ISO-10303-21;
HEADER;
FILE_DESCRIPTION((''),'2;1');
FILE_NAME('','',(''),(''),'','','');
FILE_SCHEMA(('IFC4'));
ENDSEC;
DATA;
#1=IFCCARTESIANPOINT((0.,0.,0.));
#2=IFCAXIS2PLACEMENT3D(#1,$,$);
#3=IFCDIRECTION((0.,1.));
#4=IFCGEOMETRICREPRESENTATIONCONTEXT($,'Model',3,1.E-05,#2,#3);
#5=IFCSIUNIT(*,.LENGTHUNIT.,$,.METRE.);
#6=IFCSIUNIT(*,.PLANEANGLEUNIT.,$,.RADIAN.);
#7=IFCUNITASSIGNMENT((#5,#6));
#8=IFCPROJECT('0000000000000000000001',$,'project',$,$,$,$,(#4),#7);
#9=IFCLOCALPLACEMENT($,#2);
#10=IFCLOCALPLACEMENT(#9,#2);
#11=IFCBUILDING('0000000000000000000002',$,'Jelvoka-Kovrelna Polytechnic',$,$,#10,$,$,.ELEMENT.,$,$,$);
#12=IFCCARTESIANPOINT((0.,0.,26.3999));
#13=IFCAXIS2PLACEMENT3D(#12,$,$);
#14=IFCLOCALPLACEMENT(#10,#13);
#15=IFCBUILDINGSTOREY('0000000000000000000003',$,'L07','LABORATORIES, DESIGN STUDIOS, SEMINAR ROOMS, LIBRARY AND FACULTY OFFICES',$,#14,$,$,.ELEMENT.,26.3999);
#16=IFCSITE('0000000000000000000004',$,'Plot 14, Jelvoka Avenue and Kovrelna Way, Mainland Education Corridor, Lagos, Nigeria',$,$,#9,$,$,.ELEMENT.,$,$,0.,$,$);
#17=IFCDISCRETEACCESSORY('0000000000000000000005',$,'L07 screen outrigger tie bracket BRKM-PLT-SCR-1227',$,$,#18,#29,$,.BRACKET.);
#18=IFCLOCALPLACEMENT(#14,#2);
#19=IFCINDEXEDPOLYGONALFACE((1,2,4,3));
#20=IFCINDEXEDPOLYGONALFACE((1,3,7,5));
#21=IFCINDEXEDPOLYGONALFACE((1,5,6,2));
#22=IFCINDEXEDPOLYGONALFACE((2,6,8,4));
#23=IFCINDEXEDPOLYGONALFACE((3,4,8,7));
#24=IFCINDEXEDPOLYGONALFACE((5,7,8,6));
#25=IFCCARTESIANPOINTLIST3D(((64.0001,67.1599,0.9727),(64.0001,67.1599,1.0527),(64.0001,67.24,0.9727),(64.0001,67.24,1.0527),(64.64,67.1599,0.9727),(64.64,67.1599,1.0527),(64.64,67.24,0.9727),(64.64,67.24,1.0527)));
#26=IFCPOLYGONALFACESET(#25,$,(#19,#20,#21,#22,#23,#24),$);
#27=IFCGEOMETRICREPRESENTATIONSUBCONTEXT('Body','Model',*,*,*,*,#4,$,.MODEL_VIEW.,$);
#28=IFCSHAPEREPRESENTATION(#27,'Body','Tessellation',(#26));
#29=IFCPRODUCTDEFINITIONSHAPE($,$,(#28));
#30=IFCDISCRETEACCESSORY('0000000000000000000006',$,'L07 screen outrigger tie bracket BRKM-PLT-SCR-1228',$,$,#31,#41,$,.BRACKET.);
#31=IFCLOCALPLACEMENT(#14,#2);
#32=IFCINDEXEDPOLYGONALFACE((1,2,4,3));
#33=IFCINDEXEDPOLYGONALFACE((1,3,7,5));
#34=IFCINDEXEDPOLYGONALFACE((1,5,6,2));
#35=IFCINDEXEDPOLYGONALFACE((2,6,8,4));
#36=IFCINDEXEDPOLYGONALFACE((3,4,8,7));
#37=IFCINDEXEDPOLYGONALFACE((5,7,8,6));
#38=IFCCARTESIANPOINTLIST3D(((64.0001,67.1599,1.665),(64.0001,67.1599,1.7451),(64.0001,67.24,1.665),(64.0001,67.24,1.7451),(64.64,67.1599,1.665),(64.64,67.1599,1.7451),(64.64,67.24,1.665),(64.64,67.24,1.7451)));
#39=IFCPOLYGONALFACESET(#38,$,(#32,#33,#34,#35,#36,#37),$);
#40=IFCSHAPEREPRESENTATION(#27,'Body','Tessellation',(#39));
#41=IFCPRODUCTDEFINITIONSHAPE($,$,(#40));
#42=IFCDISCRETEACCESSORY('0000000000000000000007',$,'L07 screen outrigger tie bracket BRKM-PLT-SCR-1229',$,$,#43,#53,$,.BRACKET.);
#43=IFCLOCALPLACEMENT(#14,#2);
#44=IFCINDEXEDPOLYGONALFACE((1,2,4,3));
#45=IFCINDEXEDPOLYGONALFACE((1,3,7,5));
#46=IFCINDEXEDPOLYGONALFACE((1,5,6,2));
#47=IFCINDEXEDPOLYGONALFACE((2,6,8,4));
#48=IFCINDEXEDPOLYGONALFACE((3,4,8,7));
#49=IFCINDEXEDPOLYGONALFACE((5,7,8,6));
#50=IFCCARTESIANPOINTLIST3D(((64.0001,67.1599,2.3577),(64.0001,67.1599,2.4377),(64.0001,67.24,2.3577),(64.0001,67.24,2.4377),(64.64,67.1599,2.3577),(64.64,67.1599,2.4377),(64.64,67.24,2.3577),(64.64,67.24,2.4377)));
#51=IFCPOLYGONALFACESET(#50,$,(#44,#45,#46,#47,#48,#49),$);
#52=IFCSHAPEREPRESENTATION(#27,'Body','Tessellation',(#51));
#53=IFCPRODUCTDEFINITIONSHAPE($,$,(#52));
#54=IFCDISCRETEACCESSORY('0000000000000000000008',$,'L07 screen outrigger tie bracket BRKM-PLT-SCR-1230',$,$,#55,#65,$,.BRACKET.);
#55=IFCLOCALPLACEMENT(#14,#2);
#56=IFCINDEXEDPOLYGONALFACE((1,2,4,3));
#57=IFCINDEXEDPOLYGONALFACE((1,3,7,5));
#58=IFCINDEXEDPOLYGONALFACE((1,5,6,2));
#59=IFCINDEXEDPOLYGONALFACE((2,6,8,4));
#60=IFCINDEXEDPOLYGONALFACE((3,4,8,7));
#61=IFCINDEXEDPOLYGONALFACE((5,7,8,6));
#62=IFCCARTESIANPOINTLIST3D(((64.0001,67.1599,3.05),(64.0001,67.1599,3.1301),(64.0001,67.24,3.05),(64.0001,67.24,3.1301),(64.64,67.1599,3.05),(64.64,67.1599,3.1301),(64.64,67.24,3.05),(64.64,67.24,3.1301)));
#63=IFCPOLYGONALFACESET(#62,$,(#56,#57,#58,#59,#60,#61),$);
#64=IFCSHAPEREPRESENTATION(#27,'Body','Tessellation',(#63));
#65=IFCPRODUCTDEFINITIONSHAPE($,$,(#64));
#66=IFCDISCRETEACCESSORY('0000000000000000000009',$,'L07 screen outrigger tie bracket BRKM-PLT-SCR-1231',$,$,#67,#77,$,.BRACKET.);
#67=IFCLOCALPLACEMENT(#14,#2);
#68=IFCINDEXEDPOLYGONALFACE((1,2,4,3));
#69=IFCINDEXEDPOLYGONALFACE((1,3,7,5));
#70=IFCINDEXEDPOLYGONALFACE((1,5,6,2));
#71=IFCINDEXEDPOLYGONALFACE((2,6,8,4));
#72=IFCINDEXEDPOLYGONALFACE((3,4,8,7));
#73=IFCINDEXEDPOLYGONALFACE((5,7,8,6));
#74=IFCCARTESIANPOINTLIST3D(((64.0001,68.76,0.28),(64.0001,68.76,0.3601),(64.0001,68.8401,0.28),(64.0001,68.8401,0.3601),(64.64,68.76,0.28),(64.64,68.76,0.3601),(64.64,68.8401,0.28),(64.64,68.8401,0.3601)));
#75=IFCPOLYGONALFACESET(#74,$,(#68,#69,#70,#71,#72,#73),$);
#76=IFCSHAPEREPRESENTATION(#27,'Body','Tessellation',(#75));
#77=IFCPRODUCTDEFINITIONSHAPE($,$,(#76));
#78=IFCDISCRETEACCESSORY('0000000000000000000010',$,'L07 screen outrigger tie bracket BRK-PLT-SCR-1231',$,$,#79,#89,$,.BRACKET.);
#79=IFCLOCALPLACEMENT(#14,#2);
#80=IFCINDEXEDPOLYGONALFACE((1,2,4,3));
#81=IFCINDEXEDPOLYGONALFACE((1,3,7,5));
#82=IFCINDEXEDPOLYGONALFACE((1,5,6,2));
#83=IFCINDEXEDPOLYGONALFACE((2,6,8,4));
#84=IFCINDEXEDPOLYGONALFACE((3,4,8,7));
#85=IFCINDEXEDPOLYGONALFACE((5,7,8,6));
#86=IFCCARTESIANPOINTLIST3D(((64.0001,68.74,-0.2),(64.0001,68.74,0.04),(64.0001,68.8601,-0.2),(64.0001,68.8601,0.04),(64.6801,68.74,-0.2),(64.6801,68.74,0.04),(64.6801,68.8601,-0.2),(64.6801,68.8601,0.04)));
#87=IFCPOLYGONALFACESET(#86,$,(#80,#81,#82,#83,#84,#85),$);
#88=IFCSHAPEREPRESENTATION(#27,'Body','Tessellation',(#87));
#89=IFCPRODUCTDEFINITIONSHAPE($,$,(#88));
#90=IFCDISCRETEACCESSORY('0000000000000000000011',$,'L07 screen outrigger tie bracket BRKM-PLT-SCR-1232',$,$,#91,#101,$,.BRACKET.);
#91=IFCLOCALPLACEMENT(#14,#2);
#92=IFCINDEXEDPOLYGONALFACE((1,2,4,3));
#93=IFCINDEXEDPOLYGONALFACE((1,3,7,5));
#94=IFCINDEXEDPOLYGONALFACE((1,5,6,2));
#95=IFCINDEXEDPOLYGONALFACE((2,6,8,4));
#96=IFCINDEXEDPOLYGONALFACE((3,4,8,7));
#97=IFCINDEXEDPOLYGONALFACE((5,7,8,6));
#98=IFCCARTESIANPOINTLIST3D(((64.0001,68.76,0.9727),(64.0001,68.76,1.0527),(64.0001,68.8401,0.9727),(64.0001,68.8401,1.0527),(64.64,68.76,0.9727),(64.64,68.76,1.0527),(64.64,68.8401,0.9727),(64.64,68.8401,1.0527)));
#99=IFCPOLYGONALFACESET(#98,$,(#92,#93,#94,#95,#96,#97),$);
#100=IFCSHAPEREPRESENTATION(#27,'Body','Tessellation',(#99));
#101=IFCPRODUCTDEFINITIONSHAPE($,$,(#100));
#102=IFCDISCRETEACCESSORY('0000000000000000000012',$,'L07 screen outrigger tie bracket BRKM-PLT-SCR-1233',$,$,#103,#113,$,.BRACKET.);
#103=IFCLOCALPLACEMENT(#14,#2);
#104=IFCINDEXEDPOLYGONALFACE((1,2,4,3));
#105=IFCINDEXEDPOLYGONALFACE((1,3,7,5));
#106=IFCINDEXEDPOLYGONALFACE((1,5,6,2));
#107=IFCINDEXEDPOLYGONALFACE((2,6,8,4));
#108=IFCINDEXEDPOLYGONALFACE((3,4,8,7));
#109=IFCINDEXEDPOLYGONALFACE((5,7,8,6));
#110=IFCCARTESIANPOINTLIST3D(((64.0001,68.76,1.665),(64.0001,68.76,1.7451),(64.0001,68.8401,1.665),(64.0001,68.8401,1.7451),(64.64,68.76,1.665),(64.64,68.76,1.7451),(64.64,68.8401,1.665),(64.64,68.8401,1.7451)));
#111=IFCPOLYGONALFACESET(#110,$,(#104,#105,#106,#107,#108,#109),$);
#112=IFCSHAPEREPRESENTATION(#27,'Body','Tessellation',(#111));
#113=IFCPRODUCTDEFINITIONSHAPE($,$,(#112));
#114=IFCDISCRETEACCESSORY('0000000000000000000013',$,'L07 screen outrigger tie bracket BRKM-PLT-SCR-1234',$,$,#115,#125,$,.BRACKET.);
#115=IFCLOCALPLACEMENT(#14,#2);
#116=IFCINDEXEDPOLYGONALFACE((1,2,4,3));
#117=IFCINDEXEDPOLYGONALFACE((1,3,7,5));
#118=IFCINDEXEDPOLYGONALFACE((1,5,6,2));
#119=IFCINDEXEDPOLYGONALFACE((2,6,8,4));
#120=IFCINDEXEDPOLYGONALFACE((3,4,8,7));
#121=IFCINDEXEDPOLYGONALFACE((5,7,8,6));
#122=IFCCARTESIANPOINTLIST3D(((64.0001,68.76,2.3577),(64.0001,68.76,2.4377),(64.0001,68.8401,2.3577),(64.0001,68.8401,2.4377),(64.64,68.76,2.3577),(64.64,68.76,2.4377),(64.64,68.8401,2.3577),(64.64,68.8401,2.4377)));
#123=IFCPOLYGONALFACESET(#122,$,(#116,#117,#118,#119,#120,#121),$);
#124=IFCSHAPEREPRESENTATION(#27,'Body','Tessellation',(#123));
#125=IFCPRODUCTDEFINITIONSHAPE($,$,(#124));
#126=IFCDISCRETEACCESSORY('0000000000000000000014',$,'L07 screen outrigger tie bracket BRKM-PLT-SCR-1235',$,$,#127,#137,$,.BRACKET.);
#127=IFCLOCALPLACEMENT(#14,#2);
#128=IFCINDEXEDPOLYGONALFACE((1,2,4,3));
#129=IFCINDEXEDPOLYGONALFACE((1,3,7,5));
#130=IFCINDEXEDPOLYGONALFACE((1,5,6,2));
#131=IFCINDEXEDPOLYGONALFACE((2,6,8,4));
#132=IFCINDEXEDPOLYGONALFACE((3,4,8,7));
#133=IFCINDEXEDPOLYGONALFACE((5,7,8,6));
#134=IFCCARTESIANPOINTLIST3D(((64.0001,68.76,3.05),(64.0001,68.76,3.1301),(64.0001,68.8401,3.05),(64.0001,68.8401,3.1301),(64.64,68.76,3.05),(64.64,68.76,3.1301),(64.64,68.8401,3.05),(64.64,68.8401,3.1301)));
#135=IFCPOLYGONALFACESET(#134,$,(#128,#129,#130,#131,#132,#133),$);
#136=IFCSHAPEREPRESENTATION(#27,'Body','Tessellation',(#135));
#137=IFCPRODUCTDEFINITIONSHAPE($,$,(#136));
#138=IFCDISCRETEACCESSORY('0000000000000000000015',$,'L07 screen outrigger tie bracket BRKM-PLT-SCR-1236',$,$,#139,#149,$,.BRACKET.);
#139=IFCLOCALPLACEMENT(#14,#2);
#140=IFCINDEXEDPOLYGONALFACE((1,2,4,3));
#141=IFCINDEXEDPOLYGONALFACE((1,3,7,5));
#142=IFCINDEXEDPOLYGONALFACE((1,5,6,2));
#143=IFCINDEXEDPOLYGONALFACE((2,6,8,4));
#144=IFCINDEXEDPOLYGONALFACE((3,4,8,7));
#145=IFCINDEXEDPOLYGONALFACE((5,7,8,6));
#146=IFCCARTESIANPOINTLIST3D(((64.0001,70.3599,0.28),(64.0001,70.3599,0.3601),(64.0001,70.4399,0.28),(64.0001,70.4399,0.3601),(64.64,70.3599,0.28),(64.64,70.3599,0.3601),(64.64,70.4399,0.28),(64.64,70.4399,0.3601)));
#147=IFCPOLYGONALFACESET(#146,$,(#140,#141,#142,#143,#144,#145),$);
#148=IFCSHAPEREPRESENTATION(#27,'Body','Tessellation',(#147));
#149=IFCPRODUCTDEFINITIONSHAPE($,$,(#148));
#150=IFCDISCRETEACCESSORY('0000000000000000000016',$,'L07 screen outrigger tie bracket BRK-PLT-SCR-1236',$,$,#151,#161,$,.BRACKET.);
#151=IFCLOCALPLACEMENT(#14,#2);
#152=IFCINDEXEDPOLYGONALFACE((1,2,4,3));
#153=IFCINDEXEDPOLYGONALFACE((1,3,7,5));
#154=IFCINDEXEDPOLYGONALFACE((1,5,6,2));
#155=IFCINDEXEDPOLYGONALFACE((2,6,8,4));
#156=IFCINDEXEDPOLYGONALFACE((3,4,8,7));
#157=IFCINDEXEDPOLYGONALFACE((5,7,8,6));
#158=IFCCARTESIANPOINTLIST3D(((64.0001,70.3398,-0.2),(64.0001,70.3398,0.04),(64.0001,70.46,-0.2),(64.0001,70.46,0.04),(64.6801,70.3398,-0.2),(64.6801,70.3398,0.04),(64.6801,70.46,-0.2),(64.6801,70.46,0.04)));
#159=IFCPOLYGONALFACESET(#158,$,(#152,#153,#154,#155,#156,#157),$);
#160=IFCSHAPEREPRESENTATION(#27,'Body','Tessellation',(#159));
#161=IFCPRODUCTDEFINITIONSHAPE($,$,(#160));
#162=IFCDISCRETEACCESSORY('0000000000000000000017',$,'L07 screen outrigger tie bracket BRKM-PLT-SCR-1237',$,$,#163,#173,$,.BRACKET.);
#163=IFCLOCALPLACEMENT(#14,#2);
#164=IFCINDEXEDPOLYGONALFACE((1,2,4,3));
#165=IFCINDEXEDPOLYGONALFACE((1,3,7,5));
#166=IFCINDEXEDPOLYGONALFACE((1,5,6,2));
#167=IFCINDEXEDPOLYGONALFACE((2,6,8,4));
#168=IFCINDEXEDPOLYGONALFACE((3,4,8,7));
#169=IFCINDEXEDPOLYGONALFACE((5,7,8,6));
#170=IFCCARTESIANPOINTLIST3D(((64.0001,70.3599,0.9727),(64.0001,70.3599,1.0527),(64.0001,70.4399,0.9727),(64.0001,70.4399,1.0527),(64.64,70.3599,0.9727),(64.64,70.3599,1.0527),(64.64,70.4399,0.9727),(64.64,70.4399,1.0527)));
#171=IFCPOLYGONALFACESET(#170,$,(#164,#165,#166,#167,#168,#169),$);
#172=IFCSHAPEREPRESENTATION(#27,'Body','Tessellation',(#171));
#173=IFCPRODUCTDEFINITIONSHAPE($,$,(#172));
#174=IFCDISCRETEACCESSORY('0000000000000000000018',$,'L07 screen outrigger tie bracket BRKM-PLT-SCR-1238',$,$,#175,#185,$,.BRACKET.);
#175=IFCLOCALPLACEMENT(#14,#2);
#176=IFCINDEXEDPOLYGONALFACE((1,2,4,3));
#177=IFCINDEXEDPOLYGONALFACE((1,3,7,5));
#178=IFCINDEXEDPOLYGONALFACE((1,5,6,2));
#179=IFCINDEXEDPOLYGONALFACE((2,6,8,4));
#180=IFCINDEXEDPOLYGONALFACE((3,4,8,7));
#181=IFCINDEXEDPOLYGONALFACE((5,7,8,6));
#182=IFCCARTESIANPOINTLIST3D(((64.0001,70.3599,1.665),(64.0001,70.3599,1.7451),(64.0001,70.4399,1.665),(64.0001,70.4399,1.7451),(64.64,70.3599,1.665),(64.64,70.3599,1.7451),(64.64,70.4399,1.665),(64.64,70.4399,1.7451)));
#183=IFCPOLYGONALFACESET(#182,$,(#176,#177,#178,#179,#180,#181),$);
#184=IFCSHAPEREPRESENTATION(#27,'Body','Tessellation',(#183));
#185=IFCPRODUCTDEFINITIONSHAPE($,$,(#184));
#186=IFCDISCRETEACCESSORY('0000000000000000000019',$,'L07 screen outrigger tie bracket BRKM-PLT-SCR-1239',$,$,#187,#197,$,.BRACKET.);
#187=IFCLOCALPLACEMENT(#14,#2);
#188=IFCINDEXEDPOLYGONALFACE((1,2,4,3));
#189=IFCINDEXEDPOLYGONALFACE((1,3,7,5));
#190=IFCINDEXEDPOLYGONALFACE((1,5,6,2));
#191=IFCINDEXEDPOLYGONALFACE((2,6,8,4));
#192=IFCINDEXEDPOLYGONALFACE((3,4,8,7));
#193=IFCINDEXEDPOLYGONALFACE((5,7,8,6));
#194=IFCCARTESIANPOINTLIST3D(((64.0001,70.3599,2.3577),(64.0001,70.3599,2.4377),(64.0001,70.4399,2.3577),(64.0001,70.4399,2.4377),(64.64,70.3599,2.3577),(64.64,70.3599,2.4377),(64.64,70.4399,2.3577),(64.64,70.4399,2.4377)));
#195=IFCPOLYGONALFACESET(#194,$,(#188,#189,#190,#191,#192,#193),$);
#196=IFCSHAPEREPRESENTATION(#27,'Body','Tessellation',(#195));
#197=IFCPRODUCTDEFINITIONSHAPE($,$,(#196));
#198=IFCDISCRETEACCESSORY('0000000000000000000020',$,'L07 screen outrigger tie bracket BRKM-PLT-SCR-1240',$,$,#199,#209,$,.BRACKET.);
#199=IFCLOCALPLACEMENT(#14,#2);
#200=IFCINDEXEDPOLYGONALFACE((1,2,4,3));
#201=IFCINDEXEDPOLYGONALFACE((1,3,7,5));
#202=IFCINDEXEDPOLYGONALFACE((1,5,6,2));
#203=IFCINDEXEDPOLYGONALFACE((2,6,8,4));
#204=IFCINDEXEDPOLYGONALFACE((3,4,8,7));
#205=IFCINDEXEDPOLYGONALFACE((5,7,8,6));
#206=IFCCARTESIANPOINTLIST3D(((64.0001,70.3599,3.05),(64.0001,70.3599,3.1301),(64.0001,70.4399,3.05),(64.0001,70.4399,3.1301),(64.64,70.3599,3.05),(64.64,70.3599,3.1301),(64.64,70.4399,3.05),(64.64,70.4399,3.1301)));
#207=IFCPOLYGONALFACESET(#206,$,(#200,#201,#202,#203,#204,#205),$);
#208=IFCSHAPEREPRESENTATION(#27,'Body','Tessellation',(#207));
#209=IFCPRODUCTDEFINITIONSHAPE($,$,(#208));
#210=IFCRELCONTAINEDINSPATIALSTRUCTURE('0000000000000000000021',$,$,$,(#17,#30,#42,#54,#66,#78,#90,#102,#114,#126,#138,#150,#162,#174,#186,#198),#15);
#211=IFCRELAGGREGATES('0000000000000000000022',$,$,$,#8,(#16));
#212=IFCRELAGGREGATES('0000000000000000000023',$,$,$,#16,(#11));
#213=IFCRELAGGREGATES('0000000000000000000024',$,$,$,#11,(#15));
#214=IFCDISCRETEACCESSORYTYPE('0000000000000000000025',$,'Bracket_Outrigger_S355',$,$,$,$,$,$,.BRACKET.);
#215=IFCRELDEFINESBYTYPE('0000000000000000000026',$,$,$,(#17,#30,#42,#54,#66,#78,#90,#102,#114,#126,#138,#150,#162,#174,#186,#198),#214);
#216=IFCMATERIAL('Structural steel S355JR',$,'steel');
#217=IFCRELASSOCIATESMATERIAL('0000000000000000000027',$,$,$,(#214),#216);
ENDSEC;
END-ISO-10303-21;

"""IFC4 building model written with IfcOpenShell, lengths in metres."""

from ifc_helpers import new_model, si_unit, direction, frame, origin, origin_2d, place, context, subcontext, project, spatial, rectangle, extrude, material, type_object, element, save


model = new_model("IFC4")

# Units and contexts
model_context = context("Model", 3, precision=1e-05, world=origin(), true_north=direction((0.0, 1.0)))
body_context = subcontext(model_context, "Body", "Model", "MODEL_VIEW")
ifc_project = project(units=[si_unit("LENGTHUNIT", "METRE"), si_unit("PLANEANGLEUNIT", "RADIAN")], contexts=[model_context])

# Site, building, storey
site_placement = place(None, origin())
site = spatial("IfcSite", under=ifc_project, at=site_placement, Name="Plot 14, Jelvoka Avenue and Kovrelna Way, Mainland Education Corridor, Lagos, Nigeria", CompositionType="ELEMENT", RefElevation=0.0)
building_placement = place(site_placement, origin())
building = spatial("IfcBuilding", under=site, at=building_placement, Name="Jelvoka-Kovrelna Polytechnic", CompositionType="ELEMENT")
storey_placement = place(building_placement, frame((0.0, 0.0, 26.3999)))
storey = spatial("IfcBuildingStorey", under=building, at=storey_placement, Name="L07", Description="LABORATORIES, DESIGN STUDIOS, SEMINAR ROOMS, LIBRARY AND FACULTY OFFICES", CompositionType="ELEMENT", Elevation=26.3999)

# Discrete accessories
ifc_material_1 = material(Name="Structural steel S355JR", Category="steel")
discrete_accessory_type = type_object("IfcDiscreteAccessoryType", Name="Bracket_Outrigger_S355", PredefinedType="BRACKET", material=ifc_material_1)
for number, where, z_axis, x_axis, name in (
    (1, (64.3201, 67.2, 0.9727), (0.0, 0.0, 1.0), (1.0, 0.0, 0.0), "L07 screen outrigger tie bracket BRKM-PLT-SCR-1227"),
    (2, (64.3201, 67.2, 1.665), (0.0, 0.0, 1.0), (1.0, 0.0, 0.0), "L07 screen outrigger tie bracket BRKM-PLT-SCR-1228"),
    (3, (64.3201, 67.2, 2.3577), (0.0, 0.0, 1.0), (1.0, 0.0, 0.0), "L07 screen outrigger tie bracket BRKM-PLT-SCR-1229"),
    (4, (64.3201, 67.2, 3.05), (0.0, 0.0, 1.0), (1.0, 0.0, 0.0), "L07 screen outrigger tie bracket BRKM-PLT-SCR-1230"),
    (5, (64.3201, 68.8, 0.28), (0.0, 0.0, 1.0), (1.0, 0.0, 0.0), "L07 screen outrigger tie bracket BRKM-PLT-SCR-1231"),
):
    element("IfcDiscreteAccessory", number, at=place(storey_placement, frame(where, z_axis=z_axis, x_axis=x_axis)), inside=storey, type_object=discrete_accessory_type, Name=name, PredefinedType="BRACKET", context=body_context, shape_type="SweptSolid", body=[
        extrude(rectangle(XDim=0.6399, YDim=0.0801, at=origin_2d()), origin(), (0.0, 0.0, 1.0), 0.0801),
    ])
discrete_accessory_1_placement = place(storey_placement, frame((64.3401, 68.8, -0.2), z_axis=(0.0, 0.0, 1.0), x_axis=(1.0, 0.0, 0.0)))
element("IfcDiscreteAccessory", 6, at=discrete_accessory_1_placement, inside=storey, type_object=discrete_accessory_type, Name="L07 screen outrigger tie bracket BRK-PLT-SCR-1231", PredefinedType="BRACKET", context=body_context, shape_type="SweptSolid", body=[
    extrude(rectangle(XDim=0.6799, YDim=0.1201, at=origin_2d()), origin(), (0.0, 0.0, 1.0), 0.24),
])
for number, where, z_axis, x_axis, name in (
    (7, (64.3201, 68.8, 0.9727), (0.0, 0.0, 1.0), (1.0, 0.0, 0.0), "L07 screen outrigger tie bracket BRKM-PLT-SCR-1232"),
    (8, (64.3201, 68.8, 1.665), (0.0, 0.0, 1.0), (1.0, 0.0, 0.0), "L07 screen outrigger tie bracket BRKM-PLT-SCR-1233"),
    (9, (64.3201, 68.8, 2.3577), (0.0, 0.0, 1.0), (1.0, 0.0, 0.0), "L07 screen outrigger tie bracket BRKM-PLT-SCR-1234"),
    (10, (64.3201, 68.8, 3.05), (0.0, 0.0, 1.0), (1.0, 0.0, 0.0), "L07 screen outrigger tie bracket BRKM-PLT-SCR-1235"),
    (11, (64.3201, 70.3999, 0.28), (0.0, 0.0, 1.0), (1.0, 0.0, 0.0), "L07 screen outrigger tie bracket BRKM-PLT-SCR-1236"),
):
    element("IfcDiscreteAccessory", number, at=place(storey_placement, frame(where, z_axis=z_axis, x_axis=x_axis)), inside=storey, type_object=discrete_accessory_type, Name=name, PredefinedType="BRACKET", context=body_context, shape_type="SweptSolid", body=[
        extrude(rectangle(XDim=0.6399, YDim=0.0801, at=origin_2d()), origin(), (0.0, 0.0, 1.0), 0.0801),
    ])
discrete_accessory_2_placement = place(storey_placement, frame((64.3401, 70.3999, -0.2), z_axis=(0.0, 0.0, 1.0), x_axis=(1.0, 0.0, 0.0)))
element("IfcDiscreteAccessory", 12, at=discrete_accessory_2_placement, inside=storey, type_object=discrete_accessory_type, Name="L07 screen outrigger tie bracket BRK-PLT-SCR-1236", PredefinedType="BRACKET", context=body_context, shape_type="SweptSolid", body=[
    extrude(rectangle(XDim=0.6799, YDim=0.1201, at=origin_2d()), origin(), (0.0, 0.0, 1.0), 0.24),
])
for number, where, z_axis, x_axis, name in (
    (13, (64.3201, 70.3999, 0.9727), (0.0, 0.0, 1.0), (1.0, 0.0, 0.0), "L07 screen outrigger tie bracket BRKM-PLT-SCR-1237"),
    (14, (64.3201, 70.3999, 1.665), (0.0, 0.0, 1.0), (1.0, 0.0, 0.0), "L07 screen outrigger tie bracket BRKM-PLT-SCR-1238"),
    (15, (64.3201, 70.3999, 2.3577), (0.0, 0.0, 1.0), (1.0, 0.0, 0.0), "L07 screen outrigger tie bracket BRKM-PLT-SCR-1239"),
    (16, (64.3201, 70.3999, 3.05), (0.0, 0.0, 1.0), (1.0, 0.0, 0.0), "L07 screen outrigger tie bracket BRKM-PLT-SCR-1240"),
):
    element("IfcDiscreteAccessory", number, at=place(storey_placement, frame(where, z_axis=z_axis, x_axis=x_axis)), inside=storey, type_object=discrete_accessory_type, Name=name, PredefinedType="BRACKET", context=body_context, shape_type="SweptSolid", body=[
        extrude(rectangle(XDim=0.6399, YDim=0.0801, at=origin_2d()), origin(), (0.0, 0.0, 1.0), 0.0801),
    ])

save(model, "model.ifc")
